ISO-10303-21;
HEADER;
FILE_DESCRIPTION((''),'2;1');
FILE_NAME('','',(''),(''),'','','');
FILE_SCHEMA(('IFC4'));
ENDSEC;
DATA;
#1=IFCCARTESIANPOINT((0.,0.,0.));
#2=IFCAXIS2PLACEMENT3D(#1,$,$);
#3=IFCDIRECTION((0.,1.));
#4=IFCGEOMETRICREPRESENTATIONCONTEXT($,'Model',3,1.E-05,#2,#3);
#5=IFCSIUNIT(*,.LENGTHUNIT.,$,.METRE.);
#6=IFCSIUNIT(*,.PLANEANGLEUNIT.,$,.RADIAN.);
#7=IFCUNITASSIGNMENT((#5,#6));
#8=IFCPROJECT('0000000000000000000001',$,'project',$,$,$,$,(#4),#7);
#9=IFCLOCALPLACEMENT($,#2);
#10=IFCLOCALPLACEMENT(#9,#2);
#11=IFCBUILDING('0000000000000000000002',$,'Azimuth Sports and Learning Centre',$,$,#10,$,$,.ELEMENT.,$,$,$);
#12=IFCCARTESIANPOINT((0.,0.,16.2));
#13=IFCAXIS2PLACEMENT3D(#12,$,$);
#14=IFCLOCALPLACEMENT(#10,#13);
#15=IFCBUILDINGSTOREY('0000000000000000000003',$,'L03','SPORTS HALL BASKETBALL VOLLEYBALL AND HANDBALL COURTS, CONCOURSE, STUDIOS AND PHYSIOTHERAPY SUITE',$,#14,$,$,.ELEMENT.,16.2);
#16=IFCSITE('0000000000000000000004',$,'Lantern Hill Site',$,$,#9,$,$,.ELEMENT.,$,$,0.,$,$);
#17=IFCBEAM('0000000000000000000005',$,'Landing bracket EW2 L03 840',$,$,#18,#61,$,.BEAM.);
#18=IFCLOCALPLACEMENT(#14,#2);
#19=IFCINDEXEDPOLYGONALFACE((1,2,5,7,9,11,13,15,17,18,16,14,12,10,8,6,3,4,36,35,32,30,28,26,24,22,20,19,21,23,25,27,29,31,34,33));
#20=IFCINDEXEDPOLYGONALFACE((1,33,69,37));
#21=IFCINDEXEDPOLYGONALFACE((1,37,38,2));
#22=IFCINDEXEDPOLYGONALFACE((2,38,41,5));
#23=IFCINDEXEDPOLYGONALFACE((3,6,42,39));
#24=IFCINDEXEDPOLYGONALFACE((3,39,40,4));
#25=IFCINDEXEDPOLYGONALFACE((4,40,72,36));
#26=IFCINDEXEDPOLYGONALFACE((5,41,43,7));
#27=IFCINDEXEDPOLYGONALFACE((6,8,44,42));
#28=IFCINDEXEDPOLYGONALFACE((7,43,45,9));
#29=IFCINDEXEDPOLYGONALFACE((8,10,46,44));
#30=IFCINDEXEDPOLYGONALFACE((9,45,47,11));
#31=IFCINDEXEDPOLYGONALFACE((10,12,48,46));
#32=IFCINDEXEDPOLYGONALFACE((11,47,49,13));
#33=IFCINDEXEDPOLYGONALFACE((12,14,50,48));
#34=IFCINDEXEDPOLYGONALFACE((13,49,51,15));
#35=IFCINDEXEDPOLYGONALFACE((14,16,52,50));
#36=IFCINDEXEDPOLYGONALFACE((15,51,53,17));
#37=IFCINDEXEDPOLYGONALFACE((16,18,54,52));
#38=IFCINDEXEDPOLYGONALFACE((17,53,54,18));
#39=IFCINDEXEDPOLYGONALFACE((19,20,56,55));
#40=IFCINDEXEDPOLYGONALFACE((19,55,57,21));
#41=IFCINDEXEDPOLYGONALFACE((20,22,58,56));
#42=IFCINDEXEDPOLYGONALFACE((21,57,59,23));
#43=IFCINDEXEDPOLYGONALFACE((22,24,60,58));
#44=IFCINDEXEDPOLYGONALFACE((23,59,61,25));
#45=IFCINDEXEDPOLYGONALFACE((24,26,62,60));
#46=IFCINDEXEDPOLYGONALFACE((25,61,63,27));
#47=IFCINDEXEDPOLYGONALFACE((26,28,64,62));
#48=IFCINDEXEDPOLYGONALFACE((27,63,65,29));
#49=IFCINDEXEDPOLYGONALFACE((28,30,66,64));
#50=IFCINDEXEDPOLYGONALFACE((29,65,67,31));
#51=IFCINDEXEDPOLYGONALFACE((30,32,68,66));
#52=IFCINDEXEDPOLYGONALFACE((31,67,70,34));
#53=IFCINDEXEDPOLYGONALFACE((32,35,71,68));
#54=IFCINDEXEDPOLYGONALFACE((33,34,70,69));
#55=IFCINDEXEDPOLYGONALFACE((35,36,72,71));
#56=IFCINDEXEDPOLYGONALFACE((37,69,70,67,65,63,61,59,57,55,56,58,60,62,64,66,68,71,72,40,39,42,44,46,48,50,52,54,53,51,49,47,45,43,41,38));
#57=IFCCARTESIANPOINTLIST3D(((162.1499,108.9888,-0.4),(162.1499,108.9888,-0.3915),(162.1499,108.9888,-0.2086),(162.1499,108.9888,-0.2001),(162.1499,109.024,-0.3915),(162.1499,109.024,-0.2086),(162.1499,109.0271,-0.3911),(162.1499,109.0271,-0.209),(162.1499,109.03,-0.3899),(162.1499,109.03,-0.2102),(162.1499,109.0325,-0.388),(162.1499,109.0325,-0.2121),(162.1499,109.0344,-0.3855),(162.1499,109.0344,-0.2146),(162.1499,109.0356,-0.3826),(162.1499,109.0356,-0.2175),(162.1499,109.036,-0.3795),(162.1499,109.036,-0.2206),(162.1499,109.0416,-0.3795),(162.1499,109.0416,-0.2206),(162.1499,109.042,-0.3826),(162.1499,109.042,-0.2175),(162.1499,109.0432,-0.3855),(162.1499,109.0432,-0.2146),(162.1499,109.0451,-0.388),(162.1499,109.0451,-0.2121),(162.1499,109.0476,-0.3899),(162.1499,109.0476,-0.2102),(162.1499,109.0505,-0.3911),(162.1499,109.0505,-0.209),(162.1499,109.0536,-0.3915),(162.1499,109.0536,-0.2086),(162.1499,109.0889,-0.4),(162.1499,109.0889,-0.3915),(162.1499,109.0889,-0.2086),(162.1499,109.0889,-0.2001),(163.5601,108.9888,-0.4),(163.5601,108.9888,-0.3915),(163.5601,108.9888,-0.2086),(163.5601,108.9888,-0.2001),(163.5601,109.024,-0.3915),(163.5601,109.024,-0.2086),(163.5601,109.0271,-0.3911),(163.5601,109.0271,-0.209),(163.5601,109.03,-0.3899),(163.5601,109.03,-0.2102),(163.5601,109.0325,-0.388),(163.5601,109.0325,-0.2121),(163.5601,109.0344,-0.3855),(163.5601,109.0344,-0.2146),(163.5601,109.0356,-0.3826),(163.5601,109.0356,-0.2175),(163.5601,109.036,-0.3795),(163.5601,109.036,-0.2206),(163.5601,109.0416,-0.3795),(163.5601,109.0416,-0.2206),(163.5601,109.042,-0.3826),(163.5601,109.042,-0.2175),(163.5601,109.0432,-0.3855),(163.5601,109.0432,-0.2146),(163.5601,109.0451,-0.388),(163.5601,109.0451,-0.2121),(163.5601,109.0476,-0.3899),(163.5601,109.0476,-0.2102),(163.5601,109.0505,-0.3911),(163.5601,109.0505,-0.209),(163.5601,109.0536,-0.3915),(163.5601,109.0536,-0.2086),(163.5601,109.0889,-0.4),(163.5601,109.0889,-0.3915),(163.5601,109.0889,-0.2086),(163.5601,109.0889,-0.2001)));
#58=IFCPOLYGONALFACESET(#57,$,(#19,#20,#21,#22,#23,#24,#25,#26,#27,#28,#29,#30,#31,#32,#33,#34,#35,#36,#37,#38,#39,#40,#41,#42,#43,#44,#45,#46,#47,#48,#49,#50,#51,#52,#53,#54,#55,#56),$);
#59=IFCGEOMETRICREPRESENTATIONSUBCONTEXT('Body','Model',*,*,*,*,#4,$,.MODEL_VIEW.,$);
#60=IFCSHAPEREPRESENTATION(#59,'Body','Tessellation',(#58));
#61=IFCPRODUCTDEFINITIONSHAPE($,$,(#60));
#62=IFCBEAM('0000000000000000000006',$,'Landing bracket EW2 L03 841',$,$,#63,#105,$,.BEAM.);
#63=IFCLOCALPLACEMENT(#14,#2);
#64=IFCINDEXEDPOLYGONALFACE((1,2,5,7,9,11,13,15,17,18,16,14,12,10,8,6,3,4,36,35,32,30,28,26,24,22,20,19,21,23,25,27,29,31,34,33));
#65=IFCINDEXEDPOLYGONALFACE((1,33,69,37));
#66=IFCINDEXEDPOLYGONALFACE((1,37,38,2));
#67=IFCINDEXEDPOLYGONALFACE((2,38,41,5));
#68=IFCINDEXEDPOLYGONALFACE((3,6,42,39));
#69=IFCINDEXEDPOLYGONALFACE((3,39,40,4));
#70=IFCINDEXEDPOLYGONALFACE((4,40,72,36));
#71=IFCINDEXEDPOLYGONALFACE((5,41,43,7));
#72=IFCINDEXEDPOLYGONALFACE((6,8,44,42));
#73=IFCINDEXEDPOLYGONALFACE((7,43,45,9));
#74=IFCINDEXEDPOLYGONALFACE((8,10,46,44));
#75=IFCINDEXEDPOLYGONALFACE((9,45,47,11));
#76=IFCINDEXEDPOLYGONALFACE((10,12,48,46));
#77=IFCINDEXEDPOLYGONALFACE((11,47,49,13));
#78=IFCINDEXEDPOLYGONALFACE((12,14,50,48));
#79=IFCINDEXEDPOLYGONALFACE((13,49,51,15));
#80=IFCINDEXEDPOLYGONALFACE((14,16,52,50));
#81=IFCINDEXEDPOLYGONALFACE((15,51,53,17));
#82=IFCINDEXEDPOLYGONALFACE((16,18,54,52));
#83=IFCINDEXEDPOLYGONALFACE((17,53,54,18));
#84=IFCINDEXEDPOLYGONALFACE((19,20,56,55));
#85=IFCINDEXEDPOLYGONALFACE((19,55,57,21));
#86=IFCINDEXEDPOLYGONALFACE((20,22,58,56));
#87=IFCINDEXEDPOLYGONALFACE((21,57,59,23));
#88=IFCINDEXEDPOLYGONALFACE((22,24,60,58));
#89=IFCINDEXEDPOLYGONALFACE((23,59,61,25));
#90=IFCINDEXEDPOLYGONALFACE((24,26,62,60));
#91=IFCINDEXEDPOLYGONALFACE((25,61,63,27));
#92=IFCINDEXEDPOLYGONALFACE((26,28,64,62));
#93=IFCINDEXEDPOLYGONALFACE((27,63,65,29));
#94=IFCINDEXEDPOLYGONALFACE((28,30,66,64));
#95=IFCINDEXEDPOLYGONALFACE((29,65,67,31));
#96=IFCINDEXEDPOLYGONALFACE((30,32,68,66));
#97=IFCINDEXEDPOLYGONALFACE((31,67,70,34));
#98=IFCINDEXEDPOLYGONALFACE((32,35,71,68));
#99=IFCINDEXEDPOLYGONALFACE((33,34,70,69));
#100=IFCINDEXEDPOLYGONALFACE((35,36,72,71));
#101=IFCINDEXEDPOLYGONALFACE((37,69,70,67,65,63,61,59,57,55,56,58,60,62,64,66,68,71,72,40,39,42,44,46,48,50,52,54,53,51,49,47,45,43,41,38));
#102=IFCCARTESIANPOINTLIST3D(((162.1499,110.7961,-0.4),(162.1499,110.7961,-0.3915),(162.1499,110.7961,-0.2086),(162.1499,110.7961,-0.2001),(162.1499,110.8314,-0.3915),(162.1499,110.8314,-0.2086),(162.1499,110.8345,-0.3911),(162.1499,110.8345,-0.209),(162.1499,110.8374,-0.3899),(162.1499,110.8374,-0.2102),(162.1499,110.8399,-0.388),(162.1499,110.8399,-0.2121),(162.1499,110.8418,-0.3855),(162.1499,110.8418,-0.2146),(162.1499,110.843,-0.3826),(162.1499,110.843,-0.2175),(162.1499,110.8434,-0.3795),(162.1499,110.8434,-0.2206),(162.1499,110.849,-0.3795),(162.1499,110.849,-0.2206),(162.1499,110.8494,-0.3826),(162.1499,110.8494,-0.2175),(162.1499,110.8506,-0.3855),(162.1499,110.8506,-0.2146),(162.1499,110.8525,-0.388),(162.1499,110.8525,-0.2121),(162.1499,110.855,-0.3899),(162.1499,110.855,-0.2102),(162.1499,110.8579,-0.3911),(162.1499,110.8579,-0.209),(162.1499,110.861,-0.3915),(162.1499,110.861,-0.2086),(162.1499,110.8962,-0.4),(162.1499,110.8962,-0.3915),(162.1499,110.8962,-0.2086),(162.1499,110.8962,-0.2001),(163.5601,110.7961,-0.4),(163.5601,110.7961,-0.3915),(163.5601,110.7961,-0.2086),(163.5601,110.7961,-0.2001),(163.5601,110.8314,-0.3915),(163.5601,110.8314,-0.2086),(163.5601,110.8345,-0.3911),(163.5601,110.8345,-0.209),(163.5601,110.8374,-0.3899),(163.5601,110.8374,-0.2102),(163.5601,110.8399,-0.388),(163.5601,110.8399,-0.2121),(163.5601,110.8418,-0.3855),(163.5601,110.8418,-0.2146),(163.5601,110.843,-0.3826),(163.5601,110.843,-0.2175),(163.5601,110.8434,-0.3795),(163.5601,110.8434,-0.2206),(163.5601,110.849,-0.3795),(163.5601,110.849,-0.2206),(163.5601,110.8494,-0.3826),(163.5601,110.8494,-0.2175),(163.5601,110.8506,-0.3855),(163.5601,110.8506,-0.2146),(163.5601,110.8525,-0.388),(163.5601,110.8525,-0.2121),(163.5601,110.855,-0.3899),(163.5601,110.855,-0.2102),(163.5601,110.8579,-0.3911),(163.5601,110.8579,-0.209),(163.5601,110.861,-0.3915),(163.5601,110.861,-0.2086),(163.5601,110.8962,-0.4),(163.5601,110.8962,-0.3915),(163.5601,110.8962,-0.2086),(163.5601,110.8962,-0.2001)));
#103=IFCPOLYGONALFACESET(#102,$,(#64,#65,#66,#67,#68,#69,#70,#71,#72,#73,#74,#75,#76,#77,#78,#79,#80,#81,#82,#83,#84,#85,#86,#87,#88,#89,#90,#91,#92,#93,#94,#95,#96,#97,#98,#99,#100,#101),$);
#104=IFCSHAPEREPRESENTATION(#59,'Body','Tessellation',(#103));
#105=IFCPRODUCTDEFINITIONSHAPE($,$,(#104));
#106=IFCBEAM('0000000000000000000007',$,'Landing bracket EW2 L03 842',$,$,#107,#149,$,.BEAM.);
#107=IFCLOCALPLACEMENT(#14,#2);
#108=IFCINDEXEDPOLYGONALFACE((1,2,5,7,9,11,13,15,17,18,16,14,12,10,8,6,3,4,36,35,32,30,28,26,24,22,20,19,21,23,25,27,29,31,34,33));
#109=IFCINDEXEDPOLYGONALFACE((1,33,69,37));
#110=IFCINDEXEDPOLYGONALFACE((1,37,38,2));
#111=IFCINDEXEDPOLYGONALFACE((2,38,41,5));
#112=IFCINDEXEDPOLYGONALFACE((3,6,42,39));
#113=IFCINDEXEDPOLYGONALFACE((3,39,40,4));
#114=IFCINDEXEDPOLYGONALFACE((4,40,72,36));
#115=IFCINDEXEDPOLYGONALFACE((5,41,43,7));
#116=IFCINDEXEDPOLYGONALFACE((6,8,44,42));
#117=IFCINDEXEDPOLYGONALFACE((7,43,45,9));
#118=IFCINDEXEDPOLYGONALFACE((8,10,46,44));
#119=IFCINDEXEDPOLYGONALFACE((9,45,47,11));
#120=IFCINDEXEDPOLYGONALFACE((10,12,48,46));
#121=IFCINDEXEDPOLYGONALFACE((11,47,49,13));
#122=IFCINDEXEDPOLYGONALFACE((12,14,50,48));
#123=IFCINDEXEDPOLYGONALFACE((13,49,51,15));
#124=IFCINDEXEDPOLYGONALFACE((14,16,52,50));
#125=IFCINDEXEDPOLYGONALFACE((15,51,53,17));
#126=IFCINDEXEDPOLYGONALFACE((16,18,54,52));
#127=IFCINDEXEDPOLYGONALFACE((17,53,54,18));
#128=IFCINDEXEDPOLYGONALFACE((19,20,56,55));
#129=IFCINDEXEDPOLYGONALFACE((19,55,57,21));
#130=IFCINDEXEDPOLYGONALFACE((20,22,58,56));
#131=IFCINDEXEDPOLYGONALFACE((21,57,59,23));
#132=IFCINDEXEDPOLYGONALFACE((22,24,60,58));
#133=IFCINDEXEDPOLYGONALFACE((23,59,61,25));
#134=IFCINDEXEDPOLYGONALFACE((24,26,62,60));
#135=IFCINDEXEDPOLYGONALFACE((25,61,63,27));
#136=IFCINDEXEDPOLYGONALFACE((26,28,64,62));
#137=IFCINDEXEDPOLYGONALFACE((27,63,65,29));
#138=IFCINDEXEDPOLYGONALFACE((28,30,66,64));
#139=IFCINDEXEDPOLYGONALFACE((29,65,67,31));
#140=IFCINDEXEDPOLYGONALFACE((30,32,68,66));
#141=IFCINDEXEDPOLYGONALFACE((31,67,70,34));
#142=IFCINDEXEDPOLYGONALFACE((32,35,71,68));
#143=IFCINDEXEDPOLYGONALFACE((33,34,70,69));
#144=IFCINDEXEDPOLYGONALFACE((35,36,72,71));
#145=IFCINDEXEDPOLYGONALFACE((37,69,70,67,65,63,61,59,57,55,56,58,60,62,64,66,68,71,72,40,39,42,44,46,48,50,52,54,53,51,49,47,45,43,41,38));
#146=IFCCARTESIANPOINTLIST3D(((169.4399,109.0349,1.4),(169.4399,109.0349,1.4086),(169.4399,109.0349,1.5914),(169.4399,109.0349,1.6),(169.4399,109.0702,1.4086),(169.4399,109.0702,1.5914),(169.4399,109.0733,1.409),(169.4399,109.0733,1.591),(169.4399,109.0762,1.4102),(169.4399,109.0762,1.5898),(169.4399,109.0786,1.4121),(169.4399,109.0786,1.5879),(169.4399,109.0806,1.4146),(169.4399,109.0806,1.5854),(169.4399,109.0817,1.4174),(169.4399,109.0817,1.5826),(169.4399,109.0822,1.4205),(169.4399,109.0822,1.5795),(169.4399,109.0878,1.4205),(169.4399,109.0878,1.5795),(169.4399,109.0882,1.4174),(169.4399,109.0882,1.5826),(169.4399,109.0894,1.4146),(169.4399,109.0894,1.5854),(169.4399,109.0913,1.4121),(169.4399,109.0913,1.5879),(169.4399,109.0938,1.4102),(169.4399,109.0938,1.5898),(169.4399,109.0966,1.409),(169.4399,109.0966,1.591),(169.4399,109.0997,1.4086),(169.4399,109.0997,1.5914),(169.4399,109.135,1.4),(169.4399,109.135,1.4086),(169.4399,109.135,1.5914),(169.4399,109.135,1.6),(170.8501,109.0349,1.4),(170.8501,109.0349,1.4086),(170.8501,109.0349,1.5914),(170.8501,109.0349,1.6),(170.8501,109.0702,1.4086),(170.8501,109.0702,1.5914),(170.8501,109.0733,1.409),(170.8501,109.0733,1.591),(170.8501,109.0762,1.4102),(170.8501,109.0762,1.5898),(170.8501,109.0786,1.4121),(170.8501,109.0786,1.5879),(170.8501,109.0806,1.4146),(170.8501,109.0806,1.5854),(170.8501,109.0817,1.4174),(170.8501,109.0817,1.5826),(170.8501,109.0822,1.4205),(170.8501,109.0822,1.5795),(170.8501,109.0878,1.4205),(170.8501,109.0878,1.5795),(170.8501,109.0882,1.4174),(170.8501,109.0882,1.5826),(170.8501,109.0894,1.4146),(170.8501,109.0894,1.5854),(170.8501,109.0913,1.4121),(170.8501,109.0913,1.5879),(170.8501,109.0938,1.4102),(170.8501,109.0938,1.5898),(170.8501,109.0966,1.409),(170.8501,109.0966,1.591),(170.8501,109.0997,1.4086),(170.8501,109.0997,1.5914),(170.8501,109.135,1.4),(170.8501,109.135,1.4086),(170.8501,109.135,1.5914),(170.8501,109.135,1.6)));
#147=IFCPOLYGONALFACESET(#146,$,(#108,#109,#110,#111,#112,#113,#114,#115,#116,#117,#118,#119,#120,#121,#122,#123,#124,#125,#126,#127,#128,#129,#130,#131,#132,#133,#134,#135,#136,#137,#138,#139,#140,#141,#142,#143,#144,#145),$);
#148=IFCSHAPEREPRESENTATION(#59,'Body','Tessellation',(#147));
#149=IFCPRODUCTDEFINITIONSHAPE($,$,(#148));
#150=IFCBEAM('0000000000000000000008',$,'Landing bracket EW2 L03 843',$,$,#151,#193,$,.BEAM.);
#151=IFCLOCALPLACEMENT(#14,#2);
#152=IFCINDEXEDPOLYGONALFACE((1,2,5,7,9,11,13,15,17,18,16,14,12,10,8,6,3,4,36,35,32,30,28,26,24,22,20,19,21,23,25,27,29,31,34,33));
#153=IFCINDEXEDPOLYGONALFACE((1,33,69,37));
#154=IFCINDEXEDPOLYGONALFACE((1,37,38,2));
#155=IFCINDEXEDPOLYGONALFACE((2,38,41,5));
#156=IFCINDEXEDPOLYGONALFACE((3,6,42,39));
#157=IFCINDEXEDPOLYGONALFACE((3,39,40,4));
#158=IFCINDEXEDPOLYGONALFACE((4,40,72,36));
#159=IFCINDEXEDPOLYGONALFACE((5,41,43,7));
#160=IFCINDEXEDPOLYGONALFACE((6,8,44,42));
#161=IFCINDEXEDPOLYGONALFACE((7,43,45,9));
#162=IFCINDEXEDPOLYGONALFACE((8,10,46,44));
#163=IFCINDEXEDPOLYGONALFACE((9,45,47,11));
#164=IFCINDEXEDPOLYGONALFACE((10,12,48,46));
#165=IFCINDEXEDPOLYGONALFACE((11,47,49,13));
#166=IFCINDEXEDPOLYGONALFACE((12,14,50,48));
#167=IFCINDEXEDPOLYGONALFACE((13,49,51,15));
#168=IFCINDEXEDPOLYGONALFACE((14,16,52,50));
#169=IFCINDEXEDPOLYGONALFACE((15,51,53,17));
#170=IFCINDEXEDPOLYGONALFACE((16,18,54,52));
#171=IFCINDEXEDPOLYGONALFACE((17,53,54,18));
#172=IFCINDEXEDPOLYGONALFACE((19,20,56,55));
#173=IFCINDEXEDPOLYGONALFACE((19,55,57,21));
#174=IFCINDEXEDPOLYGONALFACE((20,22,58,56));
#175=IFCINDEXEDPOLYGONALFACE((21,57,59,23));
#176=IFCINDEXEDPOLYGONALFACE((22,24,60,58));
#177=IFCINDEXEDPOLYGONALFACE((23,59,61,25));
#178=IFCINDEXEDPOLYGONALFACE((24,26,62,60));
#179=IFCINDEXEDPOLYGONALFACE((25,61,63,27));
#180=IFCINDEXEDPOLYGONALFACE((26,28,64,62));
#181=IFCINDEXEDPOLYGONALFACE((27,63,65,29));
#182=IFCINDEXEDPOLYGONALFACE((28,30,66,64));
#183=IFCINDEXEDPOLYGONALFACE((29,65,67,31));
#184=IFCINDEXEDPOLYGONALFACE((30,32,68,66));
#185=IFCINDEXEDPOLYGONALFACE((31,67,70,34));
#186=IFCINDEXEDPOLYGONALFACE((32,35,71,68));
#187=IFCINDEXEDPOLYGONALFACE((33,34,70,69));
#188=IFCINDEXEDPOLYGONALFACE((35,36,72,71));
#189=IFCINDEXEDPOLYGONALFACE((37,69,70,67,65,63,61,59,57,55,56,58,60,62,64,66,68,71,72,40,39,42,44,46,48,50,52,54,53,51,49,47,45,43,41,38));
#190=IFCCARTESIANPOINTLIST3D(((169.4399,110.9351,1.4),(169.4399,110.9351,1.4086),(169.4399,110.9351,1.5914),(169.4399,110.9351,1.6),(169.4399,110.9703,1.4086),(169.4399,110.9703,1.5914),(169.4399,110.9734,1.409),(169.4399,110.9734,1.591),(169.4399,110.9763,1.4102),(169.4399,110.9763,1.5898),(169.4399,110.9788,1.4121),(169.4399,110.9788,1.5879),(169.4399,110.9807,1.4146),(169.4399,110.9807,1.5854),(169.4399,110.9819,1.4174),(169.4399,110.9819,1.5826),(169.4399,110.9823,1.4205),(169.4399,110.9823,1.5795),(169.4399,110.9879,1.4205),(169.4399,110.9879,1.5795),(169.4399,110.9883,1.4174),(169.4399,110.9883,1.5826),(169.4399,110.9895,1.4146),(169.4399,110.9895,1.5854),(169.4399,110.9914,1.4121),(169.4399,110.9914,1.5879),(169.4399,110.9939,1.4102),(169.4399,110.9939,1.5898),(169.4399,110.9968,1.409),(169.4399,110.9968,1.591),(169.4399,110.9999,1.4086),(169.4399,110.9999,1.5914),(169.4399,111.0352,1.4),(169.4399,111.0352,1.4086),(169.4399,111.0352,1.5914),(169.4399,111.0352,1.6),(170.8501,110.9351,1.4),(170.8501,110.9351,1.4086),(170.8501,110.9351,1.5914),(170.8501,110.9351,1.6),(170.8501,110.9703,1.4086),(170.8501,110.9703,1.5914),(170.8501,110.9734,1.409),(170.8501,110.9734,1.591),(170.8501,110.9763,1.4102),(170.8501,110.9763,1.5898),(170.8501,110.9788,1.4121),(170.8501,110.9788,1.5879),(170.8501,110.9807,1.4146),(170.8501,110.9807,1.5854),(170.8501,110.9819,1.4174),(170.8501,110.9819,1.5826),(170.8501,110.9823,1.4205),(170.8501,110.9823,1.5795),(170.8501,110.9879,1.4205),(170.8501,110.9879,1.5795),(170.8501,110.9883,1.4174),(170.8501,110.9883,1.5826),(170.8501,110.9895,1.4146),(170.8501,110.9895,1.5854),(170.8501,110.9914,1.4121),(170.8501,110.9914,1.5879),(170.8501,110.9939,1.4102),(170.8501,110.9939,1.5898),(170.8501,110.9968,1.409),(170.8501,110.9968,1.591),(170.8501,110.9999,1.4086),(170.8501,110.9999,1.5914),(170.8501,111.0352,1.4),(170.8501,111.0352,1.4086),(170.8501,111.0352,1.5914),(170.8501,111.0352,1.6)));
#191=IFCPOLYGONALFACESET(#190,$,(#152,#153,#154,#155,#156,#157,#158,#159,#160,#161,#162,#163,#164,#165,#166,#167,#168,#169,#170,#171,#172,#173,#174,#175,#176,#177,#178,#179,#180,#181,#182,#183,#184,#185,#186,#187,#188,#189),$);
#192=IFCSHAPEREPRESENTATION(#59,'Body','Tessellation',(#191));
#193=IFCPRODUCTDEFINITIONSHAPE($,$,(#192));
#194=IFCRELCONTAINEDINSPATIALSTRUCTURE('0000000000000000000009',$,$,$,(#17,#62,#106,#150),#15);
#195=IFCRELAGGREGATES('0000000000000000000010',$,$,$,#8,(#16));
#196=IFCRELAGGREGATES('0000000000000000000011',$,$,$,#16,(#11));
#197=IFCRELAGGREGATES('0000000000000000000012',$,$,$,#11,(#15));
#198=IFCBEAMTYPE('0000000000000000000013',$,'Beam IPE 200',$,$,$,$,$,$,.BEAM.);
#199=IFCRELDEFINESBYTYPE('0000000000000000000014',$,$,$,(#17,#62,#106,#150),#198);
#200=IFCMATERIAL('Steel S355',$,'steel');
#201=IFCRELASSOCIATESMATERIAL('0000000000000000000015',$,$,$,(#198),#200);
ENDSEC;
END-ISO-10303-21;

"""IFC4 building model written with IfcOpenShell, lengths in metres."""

from ifc_helpers import new_model, si_unit, direction, frame, origin, origin_2d, place, context, subcontext, project, spatial, i_section, extrude, material, material_profile, profile_set, type_object, element, save


model = new_model("IFC4")

# Units and contexts
model_context = context("Model", 3, precision=1e-05, world=origin(), true_north=direction((0.0, 1.0)))
body_context = subcontext(model_context, "Body", "Model", "MODEL_VIEW")
ifc_project = project(units=[si_unit("LENGTHUNIT", "METRE"), si_unit("PLANEANGLEUNIT", "RADIAN")], contexts=[model_context])

# Site, building, storey
site_placement = place(None, origin())
site = spatial("IfcSite", under=ifc_project, at=site_placement, Name="Lantern Hill Site", CompositionType="ELEMENT", RefElevation=0.0)
building_placement = place(site_placement, origin())
building = spatial("IfcBuilding", under=site, at=building_placement, Name="Azimuth Sports and Learning Centre", CompositionType="ELEMENT")
storey_placement = place(building_placement, frame((0.0, 0.0, 16.2)))
storey = spatial("IfcBuildingStorey", under=building, at=storey_placement, Name="L03", Description="SPORTS HALL BASKETBALL VOLLEYBALL AND HANDBALL COURTS, CONCOURSE, STUDIOS AND PHYSIOTHERAPY SUITE", CompositionType="ELEMENT", Elevation=16.2)

# Beams
ifc_material_1 = material(Name="Steel S355", Category="steel")
ifc_material_profile_1 = material_profile(ifc_material_1, i_section(OverallWidth=0.1001, OverallDepth=0.2, WebThickness=0.0056, FlangeThickness=0.0085, FilletRadius=0.012, at=origin_2d()), Name="IPE 200")
ifc_profile_set_1 = profile_set([ifc_material_profile_1], Name="Steel S355")
beam_type_1 = type_object("IfcBeamType", Name="Beam IPE 200", PredefinedType="BEAM", material=ifc_profile_set_1)
for number, where, z_axis, x_axis, name in (
    (1, (162.1499, 109.0388, -0.3), (1.0, 0.0, 0.0), (0.0, 1.0, 0.0), "Landing bracket EW2 L03 840"),
    (2, (162.1499, 110.8462, -0.3), (1.0, 0.0, 0.0), (0.0, 1.0, 0.0), "Landing bracket EW2 L03 841"),
    (3, (170.8501, 109.085, 1.5), (-1.0, 0.0, 0.0), (0.0, -1.0, 0.0), "Landing bracket EW2 L03 842"),
    (4, (170.8501, 110.9851, 1.5), (-1.0, 0.0, 0.0), (0.0, -1.0, 0.0), "Landing bracket EW2 L03 843"),
):
    element("IfcBeam", number, at=place(storey_placement, frame(where, z_axis=z_axis, x_axis=x_axis)), inside=storey, type_object=beam_type_1, Name=name, PredefinedType="BEAM", context=body_context, shape_type="SweptSolid", body=[
        extrude(i_section(OverallWidth=0.1001, OverallDepth=0.2, WebThickness=0.0056, FlangeThickness=0.0085, FilletRadius=0.012, at=origin_2d()), origin(), (0.0, 0.0, 1.0), 1.4102),
    ])

save(model, "model.ifc")
